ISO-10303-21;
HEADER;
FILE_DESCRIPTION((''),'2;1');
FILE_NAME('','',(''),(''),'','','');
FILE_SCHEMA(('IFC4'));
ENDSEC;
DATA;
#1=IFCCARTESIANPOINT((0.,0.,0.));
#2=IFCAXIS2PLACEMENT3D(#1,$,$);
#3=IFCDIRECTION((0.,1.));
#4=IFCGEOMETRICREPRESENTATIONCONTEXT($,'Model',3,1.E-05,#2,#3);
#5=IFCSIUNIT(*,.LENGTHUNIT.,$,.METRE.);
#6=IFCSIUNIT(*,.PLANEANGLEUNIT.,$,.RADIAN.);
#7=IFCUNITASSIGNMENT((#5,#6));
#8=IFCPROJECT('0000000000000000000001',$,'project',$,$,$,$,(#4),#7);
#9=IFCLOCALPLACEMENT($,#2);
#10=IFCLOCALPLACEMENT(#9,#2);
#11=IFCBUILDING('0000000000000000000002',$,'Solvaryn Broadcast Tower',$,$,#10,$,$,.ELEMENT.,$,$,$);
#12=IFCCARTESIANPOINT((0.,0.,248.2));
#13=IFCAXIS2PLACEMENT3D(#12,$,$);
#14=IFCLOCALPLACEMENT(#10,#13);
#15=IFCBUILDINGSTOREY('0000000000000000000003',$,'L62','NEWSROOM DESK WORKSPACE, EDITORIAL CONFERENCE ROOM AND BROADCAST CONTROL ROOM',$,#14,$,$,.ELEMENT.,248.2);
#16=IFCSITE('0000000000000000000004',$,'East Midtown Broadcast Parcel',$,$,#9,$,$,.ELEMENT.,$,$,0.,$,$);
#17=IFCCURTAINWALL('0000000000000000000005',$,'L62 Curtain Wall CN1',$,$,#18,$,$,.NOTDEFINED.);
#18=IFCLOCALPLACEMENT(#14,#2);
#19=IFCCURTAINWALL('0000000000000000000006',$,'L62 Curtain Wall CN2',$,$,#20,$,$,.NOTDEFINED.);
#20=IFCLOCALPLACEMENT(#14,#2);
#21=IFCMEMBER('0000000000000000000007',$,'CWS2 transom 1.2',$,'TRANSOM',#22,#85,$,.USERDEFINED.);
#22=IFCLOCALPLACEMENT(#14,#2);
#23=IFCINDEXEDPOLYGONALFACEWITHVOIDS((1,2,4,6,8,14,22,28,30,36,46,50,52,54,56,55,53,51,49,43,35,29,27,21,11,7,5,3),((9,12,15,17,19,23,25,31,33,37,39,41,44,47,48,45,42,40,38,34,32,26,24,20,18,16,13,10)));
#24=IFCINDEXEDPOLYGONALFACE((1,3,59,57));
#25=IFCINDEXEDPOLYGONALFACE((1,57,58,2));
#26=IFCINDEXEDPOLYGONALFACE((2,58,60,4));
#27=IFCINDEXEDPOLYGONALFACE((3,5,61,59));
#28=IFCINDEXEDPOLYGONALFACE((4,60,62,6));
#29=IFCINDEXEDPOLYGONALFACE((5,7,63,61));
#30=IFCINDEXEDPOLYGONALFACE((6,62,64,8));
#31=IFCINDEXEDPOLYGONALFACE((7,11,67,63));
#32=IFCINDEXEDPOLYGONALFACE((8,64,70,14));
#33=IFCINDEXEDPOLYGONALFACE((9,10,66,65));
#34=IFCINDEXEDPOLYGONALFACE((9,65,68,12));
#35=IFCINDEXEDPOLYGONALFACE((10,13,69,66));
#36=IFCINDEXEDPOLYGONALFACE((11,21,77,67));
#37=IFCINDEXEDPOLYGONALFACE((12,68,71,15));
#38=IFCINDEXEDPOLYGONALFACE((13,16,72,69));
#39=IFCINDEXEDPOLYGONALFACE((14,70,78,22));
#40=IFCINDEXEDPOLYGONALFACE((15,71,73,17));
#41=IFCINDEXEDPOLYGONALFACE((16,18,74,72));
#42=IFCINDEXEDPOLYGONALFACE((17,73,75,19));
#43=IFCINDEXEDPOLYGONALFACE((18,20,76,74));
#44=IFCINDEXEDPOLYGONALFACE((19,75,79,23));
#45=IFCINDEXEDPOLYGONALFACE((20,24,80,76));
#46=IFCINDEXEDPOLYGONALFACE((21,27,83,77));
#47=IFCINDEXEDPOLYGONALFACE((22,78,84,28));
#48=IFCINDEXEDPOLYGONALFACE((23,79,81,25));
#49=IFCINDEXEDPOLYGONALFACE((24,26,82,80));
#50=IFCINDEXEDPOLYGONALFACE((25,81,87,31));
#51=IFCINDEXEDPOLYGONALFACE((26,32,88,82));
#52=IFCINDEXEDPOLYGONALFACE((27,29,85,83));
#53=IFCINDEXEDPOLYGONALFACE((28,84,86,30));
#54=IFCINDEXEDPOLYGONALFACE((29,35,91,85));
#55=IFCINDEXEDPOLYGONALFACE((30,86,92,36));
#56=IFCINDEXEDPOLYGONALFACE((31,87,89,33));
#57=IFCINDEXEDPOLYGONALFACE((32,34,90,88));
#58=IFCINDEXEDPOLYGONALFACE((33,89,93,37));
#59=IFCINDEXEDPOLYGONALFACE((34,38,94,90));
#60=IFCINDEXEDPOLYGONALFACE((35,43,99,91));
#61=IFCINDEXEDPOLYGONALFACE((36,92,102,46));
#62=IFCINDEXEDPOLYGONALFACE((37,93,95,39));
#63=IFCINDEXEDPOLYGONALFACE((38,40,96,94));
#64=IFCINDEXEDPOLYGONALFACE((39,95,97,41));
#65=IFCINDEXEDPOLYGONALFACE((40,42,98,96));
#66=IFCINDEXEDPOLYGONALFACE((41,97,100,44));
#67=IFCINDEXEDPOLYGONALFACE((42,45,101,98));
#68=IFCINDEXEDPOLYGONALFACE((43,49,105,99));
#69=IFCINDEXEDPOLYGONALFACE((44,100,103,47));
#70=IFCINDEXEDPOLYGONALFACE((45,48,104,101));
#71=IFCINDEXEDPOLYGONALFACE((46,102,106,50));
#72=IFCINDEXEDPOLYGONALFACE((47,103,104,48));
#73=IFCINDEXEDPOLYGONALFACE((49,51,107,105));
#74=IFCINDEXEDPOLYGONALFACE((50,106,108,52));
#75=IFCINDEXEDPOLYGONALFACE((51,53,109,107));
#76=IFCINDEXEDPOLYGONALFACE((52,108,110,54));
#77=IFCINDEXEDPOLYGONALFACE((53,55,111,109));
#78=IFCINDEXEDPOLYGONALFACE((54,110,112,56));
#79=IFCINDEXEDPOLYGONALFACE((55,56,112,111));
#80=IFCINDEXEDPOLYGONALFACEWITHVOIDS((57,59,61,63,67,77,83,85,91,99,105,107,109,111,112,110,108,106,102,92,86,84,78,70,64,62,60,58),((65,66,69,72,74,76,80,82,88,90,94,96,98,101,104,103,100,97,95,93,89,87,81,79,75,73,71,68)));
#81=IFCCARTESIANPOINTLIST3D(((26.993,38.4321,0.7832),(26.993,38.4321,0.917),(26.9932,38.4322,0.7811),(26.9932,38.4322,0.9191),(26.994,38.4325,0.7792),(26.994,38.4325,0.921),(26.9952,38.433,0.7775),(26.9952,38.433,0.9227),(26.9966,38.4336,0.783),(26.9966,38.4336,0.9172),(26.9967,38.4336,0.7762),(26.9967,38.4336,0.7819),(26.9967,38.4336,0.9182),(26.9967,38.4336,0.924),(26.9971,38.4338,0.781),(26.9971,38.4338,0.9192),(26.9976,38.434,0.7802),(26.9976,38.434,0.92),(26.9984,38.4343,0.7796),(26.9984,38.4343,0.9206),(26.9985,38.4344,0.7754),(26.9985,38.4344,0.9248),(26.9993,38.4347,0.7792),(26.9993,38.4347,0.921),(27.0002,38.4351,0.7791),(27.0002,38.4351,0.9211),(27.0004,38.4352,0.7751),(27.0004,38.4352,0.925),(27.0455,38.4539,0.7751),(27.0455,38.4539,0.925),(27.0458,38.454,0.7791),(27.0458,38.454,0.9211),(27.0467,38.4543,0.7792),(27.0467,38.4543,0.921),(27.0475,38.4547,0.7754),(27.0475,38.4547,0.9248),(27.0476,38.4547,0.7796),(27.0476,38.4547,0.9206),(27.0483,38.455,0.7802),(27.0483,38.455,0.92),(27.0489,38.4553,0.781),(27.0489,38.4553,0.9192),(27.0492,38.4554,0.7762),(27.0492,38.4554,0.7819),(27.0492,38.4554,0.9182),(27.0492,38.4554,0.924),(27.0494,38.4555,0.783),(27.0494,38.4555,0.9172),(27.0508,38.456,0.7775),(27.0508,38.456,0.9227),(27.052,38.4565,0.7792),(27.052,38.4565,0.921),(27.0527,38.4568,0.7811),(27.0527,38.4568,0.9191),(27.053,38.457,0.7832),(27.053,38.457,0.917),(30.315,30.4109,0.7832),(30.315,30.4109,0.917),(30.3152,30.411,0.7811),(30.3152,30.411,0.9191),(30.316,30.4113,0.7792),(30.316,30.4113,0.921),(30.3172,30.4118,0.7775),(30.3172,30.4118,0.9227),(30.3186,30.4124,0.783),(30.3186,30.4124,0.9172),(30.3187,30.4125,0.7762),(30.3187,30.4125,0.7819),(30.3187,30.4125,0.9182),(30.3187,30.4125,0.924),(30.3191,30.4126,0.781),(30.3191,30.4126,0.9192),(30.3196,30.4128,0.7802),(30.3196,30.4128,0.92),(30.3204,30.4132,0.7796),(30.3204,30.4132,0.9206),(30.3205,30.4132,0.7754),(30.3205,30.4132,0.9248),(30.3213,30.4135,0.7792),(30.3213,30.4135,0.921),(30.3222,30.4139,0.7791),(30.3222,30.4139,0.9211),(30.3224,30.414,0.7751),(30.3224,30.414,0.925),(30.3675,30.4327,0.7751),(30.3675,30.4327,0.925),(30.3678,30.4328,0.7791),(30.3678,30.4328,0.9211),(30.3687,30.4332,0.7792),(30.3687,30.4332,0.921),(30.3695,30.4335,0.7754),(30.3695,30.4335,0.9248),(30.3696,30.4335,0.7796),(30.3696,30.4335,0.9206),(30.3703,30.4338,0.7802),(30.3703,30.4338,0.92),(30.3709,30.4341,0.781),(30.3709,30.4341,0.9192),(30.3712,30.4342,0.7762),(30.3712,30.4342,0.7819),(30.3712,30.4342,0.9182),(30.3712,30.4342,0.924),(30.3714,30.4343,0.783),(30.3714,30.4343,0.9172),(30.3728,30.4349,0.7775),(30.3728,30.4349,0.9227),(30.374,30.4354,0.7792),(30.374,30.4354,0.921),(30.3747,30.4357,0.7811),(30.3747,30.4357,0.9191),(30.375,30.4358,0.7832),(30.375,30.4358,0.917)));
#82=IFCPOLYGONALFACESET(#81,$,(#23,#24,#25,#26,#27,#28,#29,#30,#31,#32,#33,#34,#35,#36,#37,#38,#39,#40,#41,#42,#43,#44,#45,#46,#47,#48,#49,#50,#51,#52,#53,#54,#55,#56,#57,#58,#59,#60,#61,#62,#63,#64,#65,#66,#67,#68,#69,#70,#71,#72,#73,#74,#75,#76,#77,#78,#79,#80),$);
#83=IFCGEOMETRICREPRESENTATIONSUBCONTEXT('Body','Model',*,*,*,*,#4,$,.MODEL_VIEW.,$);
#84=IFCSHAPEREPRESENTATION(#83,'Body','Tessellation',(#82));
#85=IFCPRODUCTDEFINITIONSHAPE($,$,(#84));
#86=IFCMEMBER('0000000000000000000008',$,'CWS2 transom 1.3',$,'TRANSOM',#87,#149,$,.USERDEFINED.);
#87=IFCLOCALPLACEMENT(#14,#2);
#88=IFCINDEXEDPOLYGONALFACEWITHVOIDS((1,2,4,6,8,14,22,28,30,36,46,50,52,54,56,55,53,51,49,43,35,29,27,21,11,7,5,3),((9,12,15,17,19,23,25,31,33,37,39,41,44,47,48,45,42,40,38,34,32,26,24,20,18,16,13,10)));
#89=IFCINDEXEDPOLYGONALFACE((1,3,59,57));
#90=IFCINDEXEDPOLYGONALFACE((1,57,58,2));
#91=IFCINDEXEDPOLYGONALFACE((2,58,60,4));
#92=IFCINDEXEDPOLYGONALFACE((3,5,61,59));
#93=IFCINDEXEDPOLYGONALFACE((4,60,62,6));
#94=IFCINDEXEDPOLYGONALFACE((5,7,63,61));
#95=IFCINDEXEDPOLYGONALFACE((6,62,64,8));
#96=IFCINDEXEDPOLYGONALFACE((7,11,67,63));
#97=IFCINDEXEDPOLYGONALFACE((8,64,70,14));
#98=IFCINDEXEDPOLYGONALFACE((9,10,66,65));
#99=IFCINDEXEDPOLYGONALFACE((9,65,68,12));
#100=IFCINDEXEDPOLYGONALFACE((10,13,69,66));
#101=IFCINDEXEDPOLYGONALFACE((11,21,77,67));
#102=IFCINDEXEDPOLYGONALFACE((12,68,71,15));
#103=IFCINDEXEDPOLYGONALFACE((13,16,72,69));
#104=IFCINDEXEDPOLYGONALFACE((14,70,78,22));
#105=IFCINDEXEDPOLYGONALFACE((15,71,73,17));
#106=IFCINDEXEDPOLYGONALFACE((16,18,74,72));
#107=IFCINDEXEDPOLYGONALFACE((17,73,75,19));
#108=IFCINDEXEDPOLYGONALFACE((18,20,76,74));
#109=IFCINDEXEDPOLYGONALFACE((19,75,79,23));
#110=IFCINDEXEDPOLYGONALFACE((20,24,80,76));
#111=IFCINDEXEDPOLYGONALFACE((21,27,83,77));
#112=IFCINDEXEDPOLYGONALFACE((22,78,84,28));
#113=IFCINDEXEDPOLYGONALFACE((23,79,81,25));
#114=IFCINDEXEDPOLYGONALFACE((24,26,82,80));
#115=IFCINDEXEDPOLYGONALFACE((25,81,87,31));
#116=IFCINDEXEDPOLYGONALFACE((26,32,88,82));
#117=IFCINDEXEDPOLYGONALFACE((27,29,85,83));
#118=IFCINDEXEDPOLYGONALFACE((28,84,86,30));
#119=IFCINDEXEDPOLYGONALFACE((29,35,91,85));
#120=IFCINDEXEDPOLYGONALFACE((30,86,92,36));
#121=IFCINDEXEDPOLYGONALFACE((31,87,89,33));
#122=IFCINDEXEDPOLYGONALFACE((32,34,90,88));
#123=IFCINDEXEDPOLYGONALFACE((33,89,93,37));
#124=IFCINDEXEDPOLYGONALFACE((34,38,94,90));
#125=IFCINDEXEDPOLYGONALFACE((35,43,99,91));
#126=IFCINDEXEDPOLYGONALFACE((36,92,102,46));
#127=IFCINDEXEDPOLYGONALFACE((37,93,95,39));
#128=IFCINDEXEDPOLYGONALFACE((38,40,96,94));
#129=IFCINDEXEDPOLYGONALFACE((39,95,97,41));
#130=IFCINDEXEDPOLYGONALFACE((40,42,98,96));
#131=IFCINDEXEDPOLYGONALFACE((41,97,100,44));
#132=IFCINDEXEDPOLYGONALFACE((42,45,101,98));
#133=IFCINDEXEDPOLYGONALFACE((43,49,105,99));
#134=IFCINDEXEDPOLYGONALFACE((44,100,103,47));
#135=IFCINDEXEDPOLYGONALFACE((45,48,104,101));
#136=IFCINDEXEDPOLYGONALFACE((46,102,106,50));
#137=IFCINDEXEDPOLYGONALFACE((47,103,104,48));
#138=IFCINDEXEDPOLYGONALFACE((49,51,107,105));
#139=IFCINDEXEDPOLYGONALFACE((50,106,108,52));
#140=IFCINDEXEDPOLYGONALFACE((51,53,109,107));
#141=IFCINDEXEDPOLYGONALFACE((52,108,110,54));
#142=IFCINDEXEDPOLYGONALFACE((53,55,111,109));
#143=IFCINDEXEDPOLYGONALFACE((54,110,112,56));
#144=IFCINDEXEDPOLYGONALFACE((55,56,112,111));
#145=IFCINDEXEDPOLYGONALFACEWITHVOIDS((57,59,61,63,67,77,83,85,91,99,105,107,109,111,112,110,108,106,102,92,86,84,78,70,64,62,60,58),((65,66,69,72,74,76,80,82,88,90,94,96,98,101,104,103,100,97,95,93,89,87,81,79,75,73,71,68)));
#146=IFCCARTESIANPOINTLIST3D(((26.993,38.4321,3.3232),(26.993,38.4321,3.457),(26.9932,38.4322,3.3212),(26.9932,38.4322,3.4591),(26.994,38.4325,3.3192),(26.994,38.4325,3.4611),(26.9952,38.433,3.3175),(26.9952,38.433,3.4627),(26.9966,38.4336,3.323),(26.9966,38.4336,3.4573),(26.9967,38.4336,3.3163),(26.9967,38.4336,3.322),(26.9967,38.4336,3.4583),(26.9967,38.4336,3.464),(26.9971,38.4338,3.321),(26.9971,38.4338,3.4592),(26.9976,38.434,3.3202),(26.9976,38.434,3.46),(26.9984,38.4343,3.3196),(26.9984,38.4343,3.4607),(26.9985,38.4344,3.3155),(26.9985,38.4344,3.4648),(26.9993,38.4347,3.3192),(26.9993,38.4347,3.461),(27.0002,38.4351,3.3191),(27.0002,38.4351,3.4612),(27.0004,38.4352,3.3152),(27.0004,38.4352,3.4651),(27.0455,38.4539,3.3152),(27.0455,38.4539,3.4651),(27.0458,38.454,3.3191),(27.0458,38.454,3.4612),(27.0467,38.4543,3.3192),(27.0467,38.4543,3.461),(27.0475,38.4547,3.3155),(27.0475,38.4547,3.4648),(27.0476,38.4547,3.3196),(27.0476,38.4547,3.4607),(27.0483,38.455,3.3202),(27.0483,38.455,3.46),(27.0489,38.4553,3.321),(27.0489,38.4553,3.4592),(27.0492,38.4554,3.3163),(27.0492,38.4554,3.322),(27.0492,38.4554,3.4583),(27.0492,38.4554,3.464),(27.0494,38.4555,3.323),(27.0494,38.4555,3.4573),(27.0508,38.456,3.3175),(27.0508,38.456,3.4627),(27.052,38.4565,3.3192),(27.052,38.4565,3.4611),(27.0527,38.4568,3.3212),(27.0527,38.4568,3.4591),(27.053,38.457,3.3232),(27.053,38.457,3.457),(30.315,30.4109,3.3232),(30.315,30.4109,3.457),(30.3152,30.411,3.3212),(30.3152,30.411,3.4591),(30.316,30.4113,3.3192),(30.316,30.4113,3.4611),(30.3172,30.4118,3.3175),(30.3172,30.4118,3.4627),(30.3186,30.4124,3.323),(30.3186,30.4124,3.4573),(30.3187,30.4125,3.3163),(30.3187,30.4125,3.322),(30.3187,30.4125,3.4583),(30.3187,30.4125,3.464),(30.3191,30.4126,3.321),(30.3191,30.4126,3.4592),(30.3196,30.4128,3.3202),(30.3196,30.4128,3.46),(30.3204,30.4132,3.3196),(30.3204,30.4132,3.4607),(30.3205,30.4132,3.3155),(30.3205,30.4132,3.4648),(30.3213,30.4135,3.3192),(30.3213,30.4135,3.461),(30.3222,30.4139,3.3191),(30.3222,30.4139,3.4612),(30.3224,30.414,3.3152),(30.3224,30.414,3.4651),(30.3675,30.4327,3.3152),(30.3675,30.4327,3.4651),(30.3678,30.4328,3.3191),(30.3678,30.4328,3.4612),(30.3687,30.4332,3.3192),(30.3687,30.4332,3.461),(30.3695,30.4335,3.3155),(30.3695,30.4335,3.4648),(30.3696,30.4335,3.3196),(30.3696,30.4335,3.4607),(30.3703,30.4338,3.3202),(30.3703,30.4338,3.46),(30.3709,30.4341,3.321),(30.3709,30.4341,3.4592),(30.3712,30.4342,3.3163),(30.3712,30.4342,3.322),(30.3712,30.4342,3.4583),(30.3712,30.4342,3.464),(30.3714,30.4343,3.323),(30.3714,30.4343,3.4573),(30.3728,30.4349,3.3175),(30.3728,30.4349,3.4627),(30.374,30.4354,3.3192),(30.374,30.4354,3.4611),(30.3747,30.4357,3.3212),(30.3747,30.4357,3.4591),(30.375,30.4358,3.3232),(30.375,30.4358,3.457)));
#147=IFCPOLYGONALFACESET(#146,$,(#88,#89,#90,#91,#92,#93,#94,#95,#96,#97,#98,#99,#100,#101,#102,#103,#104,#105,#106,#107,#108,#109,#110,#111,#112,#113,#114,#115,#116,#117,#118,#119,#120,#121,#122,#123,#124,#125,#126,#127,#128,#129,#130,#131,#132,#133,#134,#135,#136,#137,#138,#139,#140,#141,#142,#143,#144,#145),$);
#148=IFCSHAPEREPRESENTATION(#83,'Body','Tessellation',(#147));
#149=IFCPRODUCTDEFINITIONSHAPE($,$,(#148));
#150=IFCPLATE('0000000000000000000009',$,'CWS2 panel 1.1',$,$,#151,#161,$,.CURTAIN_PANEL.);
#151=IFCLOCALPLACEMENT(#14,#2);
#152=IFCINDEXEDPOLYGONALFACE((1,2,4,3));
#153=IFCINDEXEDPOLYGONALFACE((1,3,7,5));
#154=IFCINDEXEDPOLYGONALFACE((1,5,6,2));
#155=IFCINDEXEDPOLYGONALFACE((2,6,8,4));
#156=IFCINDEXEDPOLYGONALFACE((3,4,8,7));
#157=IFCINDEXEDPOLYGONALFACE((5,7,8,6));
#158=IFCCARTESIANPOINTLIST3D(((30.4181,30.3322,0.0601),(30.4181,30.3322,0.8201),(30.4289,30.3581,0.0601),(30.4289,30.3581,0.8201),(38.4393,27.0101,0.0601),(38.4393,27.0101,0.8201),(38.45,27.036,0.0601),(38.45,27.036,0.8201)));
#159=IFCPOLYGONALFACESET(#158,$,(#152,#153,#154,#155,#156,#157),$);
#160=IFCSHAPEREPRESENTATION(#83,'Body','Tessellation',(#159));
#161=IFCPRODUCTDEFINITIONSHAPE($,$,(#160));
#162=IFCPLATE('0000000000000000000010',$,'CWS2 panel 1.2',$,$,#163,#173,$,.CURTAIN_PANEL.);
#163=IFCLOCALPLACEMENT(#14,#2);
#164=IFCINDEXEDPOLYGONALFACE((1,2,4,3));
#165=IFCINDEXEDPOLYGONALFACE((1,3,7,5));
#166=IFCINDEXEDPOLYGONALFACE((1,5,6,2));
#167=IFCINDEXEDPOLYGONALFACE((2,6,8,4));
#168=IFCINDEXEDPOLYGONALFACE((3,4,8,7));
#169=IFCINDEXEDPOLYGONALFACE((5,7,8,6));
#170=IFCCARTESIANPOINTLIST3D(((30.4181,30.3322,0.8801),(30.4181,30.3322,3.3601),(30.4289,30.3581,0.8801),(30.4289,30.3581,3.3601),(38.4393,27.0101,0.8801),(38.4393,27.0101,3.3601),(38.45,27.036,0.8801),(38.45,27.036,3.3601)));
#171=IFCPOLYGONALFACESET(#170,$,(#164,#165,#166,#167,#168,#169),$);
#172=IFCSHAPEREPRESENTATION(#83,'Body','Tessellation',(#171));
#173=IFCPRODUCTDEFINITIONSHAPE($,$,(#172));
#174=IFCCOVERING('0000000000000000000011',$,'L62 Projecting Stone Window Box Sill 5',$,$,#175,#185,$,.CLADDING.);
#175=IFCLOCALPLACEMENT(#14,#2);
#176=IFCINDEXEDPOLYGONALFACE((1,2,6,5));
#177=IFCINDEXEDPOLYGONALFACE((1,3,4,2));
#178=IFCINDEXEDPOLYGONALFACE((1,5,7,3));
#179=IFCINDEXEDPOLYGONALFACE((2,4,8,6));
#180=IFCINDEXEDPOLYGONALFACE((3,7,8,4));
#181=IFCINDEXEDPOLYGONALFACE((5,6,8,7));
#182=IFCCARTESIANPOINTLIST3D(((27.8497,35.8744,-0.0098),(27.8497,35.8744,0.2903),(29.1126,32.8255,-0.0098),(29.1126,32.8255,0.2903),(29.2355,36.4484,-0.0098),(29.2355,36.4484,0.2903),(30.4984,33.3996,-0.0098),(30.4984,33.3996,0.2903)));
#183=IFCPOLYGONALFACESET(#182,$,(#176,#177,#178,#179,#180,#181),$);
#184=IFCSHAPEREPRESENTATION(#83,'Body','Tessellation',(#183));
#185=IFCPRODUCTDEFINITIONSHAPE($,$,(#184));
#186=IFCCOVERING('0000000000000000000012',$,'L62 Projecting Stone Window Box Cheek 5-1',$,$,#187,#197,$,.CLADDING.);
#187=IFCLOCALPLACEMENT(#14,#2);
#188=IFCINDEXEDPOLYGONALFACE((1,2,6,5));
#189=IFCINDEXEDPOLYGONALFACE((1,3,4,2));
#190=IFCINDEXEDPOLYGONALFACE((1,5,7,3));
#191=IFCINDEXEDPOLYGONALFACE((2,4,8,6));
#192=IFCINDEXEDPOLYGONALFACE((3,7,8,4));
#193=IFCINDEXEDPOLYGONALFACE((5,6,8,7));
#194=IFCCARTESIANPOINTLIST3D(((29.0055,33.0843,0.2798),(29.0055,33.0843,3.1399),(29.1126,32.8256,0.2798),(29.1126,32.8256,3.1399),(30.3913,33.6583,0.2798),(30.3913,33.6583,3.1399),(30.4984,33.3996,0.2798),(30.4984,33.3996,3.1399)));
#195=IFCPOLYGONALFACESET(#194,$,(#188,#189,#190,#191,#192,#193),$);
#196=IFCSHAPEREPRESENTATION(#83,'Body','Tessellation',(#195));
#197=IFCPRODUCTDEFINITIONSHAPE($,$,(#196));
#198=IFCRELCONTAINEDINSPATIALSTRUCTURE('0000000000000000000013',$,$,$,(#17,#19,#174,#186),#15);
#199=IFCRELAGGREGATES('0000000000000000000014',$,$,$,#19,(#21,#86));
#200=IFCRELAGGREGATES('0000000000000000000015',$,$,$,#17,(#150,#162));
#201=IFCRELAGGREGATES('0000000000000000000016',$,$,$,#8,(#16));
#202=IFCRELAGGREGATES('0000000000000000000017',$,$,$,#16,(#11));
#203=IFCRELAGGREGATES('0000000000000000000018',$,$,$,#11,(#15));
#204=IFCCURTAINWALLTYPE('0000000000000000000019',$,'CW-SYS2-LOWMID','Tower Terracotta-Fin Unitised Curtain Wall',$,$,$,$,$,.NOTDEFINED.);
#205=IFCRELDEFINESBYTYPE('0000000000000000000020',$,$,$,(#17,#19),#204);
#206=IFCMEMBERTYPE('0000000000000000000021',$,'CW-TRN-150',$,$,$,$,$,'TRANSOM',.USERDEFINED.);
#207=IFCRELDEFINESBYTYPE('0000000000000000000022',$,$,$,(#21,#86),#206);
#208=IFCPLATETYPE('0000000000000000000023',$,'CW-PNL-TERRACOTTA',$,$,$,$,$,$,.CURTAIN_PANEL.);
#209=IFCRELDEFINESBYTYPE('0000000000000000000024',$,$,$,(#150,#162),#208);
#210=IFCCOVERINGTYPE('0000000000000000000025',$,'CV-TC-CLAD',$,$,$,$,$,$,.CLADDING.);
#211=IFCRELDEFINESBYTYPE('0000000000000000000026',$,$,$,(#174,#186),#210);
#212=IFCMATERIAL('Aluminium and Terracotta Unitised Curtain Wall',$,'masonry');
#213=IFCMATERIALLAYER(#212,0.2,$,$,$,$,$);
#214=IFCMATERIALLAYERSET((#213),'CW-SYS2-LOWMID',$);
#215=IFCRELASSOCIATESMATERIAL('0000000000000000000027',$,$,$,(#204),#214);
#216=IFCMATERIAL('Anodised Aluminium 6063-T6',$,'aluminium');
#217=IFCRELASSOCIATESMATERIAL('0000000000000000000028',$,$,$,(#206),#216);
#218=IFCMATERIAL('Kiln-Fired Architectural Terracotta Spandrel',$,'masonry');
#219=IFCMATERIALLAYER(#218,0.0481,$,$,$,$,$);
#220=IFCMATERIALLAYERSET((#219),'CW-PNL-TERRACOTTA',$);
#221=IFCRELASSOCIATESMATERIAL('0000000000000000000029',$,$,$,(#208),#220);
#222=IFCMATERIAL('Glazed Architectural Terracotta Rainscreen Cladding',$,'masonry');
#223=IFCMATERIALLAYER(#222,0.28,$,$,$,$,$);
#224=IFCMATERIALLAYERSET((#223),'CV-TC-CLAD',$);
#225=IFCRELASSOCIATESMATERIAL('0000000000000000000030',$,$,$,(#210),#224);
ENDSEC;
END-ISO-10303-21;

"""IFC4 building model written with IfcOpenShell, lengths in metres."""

from ifc_helpers import new_model, si_unit, direction, frame, origin, origin_2d, place, context, subcontext, project, spatial, rectangle, hollow_rectangle, extrude, material, layer, layer_set, material_profile, profile_set, type_object, element, aggregate, save


model = new_model("IFC4")

# Units and contexts
model_context = context("Model", 3, precision=1e-05, world=origin(), true_north=direction((0.0, 1.0)))
body_context = subcontext(model_context, "Body", "Model", "MODEL_VIEW")
ifc_project = project(units=[si_unit("LENGTHUNIT", "METRE"), si_unit("PLANEANGLEUNIT", "RADIAN")], contexts=[model_context])

# Site, building, storey
site_placement = place(None, origin())
site = spatial("IfcSite", under=ifc_project, at=site_placement, Name="East Midtown Broadcast Parcel", CompositionType="ELEMENT", RefElevation=0.0)
building_placement = place(site_placement, origin())
building = spatial("IfcBuilding", under=site, at=building_placement, Name="Solvaryn Broadcast Tower", CompositionType="ELEMENT")
storey_placement = place(building_placement, frame((0.0, 0.0, 248.2)))
storey = spatial("IfcBuildingStorey", under=building, at=storey_placement, Name="L62", Description="NEWSROOM DESK WORKSPACE, EDITORIAL CONFERENCE ROOM AND BROADCAST CONTROL ROOM", CompositionType="ELEMENT", Elevation=248.2)

# Curtain wall
ifc_material_1 = material(Name="Aluminium and Terracotta Unitised Curtain Wall", Category="masonry")
ifc_layer_1 = layer(ifc_material_1, 0.2)
ifc_layer_set_1 = layer_set([ifc_layer_1], Name="CW-SYS2-LOWMID")
curtain_wall_type = type_object("IfcCurtainWallType", Name="CW-SYS2-LOWMID", Description="Tower Terracotta-Fin Unitised Curtain Wall", PredefinedType="NOTDEFINED", material=ifc_layer_set_1)
curtain_wall_1_placement = place(storey_placement, origin())
curtain_wall_1 = element("IfcCurtainWall", 1, at=curtain_wall_1_placement, inside=storey, type_object=curtain_wall_type, Name="L62 Curtain Wall CN1", PredefinedType="NOTDEFINED")

# Curtain wall
curtain_wall_2_placement = place(storey_placement, origin())
curtain_wall_2 = element("IfcCurtainWall", 2, at=curtain_wall_2_placement, inside=storey, type_object=curtain_wall_type, Name="L62 Curtain Wall CN2", PredefinedType="NOTDEFINED")

# Members
ifc_material_2 = material(Name="Anodised Aluminium 6063-T6", Category="aluminium")
ifc_material_profile_1 = material_profile(ifc_material_2, hollow_rectangle(XDim=0.0649, YDim=0.1499, WallThickness=0.0039, InnerFilletRadius=0.0039, OuterFilletRadius=0.0081, at=origin_2d()))
ifc_profile_set_1 = profile_set([ifc_material_profile_1], Name="Anodised Aluminium 6063-T6")
member_type_1 = type_object("IfcMemberType", Name="CW-TRN-150", ElementType="TRANSOM", PredefinedType="USERDEFINED", material=ifc_profile_set_1)
member_1_placement = place(storey_placement, frame((30.345, 30.4233, 0.8501), z_axis=(-0.382636, 0.923899, 0.0), x_axis=(-0.923899, -0.382636, 0.0)))
member_1 = element("IfcMember", 3, at=member_1_placement, type_object=member_type_1, Name="CWS2 transom 1.2", ObjectType="TRANSOM", PredefinedType="USERDEFINED", context=body_context, shape_type="SweptSolid", body=[
    extrude(hollow_rectangle(XDim=0.0649, YDim=0.1499, WallThickness=0.0039, InnerFilletRadius=0.0039, OuterFilletRadius=0.0081, at=origin_2d()), origin(), (0.0, 0.0, 1.0), 8.6819),
])
member_2_placement = place(storey_placement, frame((30.345, 30.4233, 3.3901), z_axis=(-0.382636, 0.923899, 0.0), x_axis=(-0.923899, -0.382636, 0.0)))
member_2 = element("IfcMember", 4, at=member_2_placement, type_object=member_type_1, Name="CWS2 transom 1.3", ObjectType="TRANSOM", PredefinedType="USERDEFINED", context=body_context, shape_type="SweptSolid", body=[
    extrude(hollow_rectangle(XDim=0.0649, YDim=0.1499, WallThickness=0.0039, InnerFilletRadius=0.0039, OuterFilletRadius=0.0081, at=origin_2d()), origin(), (0.0, 0.0, 1.0), 8.6819),
])
aggregate(curtain_wall_2, [member_1, member_2])

# Plates
ifc_material_3 = material(Name="Kiln-Fired Architectural Terracotta Spandrel", Category="masonry")
ifc_layer_2 = layer(ifc_material_3, 0.0481)
ifc_layer_set_2 = layer_set([ifc_layer_2], Name="CW-PNL-TERRACOTTA")
plate_type = type_object("IfcPlateType", Name="CW-PNL-TERRACOTTA", PredefinedType="CURTAIN_PANEL", material=ifc_layer_set_2)
plate_1_placement = place(storey_placement, frame((34.4341, 28.6841, 0.0601), z_axis=(0.0, 0.0, 1.0), x_axis=(-0.923895, 0.382646, 0.0)))
plate_1 = element("IfcPlate", 5, at=plate_1_placement, type_object=plate_type, Name="CWS2 panel 1.1", PredefinedType="CURTAIN_PANEL", context=body_context, shape_type="SweptSolid", body=[
    extrude(rectangle(XDim=8.6819, YDim=0.0281, at=origin_2d()), origin(), (0.0, 0.0, 1.0), 0.76),
])
plate_2_placement = place(storey_placement, frame((34.4341, 28.6841, 0.8801), z_axis=(0.0, 0.0, 1.0), x_axis=(-0.923895, 0.382646, 0.0)))
plate_2 = element("IfcPlate", 6, at=plate_2_placement, type_object=plate_type, Name="CWS2 panel 1.2", PredefinedType="CURTAIN_PANEL", context=body_context, shape_type="SweptSolid", body=[
    extrude(rectangle(XDim=8.6819, YDim=0.0281, at=origin_2d()), origin(), (0.0, 0.0, 1.0), 2.48),
])
aggregate(curtain_wall_1, [plate_1, plate_2])

# Coverings
ifc_material_4 = material(Name="Glazed Architectural Terracotta Rainscreen Cladding", Category="masonry")
ifc_layer_3 = layer(ifc_material_4, 0.28)
ifc_layer_set_3 = layer_set([ifc_layer_3], Name="CV-TC-CLAD")
covering_type_1 = type_object("IfcCoveringType", Name="CV-TC-CLAD", PredefinedType="CLADDING", material=ifc_layer_set_3)
covering_1_placement = place(storey_placement, frame((29.1741, 34.637, -0.0098), z_axis=(0.0, 0.0, 1.0), x_axis=(-0.382683, 0.92388, 0.0)))
element("IfcCovering", 7, at=covering_1_placement, inside=storey, type_object=covering_type_1, Name="L62 Projecting Stone Window Box Sill 5", PredefinedType="CLADDING", context=body_context, shape_type="SweptSolid", body=[
    extrude(rectangle(XDim=3.3, YDim=1.5, at=origin_2d()), origin(), (0.0, 0.0, 1.0), 0.3),
])
covering_2_placement = place(storey_placement, frame((29.752, 33.2419, 0.2798), z_axis=(0.0, 0.0, 1.0), x_axis=(-0.382683, 0.92388, 0.0)))
element("IfcCovering", 8, at=covering_2_placement, inside=storey, type_object=covering_type_1, Name="L62 Projecting Stone Window Box Cheek 5-1", PredefinedType="CLADDING", context=body_context, shape_type="SweptSolid", body=[
    extrude(rectangle(XDim=0.28, YDim=1.5, at=origin_2d()), origin(), (0.0, 0.0, 1.0), 2.8601),
])

save(model, "model.ifc")
